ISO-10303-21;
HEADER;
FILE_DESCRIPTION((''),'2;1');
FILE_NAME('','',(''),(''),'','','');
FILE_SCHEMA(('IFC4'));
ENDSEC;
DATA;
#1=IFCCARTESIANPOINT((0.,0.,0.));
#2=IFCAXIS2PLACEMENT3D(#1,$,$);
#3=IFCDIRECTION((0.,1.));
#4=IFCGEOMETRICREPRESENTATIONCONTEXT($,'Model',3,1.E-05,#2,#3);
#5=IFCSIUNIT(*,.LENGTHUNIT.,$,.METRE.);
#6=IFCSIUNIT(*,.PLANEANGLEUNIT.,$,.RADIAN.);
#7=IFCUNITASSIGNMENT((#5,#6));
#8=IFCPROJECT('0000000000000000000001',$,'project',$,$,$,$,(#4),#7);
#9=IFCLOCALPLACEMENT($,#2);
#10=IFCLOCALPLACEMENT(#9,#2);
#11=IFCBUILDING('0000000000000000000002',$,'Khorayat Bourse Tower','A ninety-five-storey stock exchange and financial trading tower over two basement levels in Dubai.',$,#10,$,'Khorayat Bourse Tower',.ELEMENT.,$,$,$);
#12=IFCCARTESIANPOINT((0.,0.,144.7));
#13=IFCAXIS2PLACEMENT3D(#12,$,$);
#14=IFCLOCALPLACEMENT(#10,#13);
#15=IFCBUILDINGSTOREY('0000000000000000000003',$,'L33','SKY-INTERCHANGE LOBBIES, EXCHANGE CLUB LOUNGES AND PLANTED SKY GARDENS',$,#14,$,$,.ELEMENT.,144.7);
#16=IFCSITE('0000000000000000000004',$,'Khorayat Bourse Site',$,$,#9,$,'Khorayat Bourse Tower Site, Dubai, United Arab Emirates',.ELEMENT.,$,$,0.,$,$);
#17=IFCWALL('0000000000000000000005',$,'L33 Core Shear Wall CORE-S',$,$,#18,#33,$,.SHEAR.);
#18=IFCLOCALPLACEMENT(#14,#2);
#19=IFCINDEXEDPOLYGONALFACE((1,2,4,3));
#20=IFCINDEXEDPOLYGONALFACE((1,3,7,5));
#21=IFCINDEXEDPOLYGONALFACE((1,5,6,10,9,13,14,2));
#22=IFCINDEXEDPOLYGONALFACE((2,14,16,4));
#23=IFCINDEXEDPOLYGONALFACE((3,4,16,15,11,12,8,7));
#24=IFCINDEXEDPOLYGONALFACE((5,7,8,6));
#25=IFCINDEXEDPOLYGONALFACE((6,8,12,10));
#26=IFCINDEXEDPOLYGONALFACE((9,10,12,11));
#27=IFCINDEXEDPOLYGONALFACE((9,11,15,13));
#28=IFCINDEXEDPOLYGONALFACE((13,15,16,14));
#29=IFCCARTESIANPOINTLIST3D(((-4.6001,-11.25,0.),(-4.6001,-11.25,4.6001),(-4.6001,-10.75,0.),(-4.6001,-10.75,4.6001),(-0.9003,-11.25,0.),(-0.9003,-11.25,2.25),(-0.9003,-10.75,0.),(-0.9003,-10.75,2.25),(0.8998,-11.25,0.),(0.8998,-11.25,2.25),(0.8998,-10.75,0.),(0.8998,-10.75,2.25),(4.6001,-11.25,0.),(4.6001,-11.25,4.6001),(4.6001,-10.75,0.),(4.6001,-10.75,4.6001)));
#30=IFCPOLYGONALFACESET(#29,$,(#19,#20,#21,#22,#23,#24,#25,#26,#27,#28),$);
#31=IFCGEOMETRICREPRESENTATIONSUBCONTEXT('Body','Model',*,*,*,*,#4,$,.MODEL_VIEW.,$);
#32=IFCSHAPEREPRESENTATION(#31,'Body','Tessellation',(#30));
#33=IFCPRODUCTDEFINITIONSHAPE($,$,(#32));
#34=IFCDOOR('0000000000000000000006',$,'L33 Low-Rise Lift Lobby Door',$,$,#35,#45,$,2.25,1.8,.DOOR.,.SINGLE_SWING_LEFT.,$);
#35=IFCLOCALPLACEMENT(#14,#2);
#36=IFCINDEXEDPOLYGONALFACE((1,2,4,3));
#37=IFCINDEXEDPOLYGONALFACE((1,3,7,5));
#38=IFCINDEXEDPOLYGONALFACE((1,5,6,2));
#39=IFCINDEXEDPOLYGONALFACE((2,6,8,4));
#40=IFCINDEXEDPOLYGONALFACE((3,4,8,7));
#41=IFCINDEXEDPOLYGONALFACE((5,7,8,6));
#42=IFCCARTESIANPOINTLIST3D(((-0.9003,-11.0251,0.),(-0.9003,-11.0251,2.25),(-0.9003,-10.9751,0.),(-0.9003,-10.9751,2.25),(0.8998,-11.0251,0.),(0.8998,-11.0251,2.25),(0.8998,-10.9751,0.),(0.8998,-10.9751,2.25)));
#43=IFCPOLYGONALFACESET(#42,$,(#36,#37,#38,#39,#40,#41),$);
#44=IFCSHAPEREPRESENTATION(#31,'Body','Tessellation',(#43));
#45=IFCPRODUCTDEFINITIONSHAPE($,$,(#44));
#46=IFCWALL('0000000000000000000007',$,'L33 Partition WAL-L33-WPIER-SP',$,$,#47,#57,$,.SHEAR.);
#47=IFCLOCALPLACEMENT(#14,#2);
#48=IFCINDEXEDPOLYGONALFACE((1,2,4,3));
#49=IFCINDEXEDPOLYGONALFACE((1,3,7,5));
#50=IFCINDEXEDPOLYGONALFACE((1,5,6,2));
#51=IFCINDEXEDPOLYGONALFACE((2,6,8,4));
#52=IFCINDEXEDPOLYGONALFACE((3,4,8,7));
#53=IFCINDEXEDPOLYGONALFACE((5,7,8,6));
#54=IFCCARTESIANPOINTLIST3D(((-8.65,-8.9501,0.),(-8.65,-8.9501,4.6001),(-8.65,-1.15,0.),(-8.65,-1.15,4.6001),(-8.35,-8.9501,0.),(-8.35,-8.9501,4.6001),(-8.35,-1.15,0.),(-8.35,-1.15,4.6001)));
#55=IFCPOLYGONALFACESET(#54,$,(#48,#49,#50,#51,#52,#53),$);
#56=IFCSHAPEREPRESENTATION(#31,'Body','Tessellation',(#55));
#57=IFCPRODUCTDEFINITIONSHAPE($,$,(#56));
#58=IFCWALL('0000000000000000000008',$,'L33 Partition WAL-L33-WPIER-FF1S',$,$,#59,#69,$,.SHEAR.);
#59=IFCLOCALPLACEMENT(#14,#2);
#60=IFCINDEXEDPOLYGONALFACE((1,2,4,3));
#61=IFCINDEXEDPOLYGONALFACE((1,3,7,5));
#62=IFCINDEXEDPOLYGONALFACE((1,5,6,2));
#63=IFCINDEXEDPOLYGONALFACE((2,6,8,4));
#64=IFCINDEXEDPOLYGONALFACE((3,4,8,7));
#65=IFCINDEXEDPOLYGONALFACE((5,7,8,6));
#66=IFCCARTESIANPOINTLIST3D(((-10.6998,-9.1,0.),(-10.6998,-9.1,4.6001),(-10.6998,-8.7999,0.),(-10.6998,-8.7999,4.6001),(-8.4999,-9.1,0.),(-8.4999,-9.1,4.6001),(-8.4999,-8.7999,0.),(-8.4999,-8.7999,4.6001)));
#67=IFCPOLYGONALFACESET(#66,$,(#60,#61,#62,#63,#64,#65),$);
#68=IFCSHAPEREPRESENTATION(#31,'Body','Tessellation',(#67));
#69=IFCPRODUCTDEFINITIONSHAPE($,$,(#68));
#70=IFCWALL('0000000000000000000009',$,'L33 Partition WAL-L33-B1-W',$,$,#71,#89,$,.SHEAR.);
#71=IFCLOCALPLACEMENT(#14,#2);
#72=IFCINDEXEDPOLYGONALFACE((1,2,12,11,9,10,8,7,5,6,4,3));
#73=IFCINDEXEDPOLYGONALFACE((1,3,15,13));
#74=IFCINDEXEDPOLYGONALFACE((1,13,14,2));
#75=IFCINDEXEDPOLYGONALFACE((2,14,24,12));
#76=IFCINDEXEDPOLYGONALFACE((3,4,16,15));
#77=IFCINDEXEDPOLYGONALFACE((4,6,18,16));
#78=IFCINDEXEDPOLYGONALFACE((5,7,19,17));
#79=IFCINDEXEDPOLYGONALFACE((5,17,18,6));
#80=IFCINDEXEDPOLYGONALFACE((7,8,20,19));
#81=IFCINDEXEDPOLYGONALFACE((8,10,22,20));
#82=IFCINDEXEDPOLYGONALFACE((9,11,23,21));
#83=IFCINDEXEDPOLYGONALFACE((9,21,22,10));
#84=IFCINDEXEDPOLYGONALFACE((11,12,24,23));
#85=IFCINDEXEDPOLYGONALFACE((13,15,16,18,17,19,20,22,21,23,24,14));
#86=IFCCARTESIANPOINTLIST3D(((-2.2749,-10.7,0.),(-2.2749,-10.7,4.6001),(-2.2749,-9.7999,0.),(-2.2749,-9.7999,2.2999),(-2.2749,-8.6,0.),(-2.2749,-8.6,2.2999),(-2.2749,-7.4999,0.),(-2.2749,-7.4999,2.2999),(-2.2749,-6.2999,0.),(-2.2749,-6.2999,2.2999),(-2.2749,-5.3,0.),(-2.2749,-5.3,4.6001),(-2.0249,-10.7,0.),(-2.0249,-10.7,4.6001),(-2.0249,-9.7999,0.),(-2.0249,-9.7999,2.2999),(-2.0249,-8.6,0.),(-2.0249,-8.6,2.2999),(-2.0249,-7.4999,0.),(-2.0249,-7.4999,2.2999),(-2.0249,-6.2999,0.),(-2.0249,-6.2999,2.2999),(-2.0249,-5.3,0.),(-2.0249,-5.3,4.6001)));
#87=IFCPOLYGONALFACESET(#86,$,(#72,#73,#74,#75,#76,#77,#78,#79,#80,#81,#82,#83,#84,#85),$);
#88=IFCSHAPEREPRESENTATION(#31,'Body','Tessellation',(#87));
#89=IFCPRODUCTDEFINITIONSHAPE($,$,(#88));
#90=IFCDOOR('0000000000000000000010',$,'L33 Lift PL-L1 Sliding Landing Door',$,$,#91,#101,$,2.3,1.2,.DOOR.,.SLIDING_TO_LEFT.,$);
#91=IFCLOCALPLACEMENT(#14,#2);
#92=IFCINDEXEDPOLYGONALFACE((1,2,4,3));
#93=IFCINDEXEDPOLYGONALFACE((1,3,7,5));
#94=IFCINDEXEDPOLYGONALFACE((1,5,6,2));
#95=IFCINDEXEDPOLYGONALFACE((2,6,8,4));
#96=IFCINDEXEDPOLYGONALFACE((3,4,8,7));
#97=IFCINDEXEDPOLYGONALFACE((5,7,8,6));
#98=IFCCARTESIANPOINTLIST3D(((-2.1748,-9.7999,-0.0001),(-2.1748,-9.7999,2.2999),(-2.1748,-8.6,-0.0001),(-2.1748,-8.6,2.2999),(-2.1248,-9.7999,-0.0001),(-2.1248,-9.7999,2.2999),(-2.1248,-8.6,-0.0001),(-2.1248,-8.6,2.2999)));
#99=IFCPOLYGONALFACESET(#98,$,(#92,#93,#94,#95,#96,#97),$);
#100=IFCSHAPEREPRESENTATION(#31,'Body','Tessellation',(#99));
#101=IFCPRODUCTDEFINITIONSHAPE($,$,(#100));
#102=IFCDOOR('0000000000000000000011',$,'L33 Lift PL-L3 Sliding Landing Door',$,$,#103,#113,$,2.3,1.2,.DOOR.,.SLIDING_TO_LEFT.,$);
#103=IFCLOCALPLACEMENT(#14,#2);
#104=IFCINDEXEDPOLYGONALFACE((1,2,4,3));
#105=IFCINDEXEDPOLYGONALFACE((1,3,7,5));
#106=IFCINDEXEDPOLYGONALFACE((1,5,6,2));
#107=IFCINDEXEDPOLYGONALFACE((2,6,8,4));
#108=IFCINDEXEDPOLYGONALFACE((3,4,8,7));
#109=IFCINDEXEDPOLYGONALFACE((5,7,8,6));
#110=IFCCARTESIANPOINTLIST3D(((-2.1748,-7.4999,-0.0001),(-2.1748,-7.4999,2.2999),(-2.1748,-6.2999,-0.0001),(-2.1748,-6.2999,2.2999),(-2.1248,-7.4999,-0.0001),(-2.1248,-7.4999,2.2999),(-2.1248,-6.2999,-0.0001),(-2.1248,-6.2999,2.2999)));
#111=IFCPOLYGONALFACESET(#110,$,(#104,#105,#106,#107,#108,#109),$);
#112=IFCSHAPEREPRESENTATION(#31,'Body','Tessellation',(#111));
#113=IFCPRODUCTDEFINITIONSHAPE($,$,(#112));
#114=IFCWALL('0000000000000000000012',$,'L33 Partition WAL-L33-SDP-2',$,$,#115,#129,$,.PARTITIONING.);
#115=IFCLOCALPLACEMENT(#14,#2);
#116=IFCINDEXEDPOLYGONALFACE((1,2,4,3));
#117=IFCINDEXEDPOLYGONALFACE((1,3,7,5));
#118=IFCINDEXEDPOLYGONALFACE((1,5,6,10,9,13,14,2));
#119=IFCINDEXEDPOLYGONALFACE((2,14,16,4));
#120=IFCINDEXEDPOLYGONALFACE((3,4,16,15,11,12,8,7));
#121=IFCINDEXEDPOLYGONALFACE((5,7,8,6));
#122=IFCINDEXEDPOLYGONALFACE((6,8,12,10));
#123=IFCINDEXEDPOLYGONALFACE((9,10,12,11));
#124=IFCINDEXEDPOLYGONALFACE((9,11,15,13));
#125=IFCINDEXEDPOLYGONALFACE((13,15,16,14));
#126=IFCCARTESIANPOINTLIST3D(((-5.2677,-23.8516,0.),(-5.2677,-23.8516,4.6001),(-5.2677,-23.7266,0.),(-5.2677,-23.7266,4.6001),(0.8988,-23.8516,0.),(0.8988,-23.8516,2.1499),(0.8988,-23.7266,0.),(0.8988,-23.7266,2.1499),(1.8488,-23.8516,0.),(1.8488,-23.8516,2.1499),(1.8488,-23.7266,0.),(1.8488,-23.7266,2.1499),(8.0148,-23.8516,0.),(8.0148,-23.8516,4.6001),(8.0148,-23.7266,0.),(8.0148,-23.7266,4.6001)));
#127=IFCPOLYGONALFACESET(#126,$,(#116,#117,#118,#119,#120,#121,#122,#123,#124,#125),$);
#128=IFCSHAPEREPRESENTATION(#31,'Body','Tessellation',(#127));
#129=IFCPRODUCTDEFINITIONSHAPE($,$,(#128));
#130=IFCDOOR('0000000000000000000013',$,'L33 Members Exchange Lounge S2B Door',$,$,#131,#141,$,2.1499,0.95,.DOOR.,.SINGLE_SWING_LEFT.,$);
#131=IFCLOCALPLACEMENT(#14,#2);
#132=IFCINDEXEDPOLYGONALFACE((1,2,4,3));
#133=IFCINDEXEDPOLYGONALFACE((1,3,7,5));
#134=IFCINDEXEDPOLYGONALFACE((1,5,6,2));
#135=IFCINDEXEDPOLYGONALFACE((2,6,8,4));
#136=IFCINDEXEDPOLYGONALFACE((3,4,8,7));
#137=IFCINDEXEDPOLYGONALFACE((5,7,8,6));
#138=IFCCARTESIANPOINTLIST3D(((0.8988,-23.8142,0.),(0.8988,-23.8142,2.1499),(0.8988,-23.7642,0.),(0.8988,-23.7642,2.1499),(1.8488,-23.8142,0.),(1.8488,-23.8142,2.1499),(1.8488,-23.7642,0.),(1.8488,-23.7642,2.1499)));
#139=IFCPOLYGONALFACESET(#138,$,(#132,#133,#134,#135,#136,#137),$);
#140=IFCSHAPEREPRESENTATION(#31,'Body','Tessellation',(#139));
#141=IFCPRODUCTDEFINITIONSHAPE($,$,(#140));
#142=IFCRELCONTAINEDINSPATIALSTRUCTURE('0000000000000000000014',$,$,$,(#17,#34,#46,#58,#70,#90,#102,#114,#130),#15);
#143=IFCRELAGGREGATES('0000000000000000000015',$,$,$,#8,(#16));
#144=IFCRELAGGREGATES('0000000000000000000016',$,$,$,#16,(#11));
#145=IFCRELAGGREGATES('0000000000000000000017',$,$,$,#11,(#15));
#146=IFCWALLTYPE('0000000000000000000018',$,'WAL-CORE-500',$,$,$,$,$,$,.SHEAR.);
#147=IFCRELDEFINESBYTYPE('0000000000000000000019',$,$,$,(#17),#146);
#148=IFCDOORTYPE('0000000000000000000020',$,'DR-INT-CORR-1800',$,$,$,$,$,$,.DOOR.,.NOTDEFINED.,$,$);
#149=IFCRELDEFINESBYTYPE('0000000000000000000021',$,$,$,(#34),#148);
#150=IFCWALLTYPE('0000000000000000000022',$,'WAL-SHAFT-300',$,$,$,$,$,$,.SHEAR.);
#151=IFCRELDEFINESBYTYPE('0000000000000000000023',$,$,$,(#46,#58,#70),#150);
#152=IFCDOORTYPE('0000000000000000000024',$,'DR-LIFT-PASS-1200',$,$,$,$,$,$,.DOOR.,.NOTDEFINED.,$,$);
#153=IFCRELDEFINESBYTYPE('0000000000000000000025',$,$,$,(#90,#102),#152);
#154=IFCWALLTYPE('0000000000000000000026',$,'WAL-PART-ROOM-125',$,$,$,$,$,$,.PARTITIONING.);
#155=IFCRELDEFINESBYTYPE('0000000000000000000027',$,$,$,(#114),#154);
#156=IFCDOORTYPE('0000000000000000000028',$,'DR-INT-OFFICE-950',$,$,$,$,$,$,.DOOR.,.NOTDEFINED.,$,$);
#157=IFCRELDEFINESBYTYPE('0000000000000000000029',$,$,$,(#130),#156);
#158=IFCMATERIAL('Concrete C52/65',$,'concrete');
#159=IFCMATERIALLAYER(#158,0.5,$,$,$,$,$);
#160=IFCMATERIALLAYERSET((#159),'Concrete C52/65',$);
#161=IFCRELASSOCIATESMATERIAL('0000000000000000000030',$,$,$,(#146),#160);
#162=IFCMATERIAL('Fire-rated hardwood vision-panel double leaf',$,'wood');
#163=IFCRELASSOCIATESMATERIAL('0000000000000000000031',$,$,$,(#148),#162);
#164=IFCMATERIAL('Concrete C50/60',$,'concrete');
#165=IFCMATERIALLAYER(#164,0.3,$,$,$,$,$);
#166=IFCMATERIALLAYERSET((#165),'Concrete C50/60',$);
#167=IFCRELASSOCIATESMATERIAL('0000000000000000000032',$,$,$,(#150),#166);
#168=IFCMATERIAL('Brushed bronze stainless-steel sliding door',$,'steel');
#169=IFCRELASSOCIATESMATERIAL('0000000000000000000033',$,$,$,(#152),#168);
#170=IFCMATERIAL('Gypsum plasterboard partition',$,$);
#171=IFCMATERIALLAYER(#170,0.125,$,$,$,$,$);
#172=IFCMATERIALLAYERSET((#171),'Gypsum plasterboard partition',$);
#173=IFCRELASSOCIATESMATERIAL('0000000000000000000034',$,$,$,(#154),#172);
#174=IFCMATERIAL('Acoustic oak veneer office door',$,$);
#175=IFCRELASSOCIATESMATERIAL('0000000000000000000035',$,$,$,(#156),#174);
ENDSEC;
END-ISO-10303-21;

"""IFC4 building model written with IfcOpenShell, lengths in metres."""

from ifc_helpers import new_model, si_unit, direction, frame, frame_2d, origin, place, context, subcontext, project, spatial, rectangle, extrude, source, transform, mapped, material, layer, layer_set, type_object, element, fill, save


model = new_model("IFC4")

# Units and contexts
model_context = context("Model", 3, precision=1e-05, world=origin(), true_north=direction((0.0, 1.0)))
body_context = subcontext(model_context, "Body", "Model", "MODEL_VIEW")
ifc_project = project(units=[si_unit("LENGTHUNIT", "METRE"), si_unit("PLANEANGLEUNIT", "RADIAN")], contexts=[model_context])

# Site, building, storey
site_placement = place(None, origin())
site = spatial("IfcSite", under=ifc_project, at=site_placement, Name="Khorayat Bourse Site", LongName="Khorayat Bourse Tower Site, Dubai, United Arab Emirates", CompositionType="ELEMENT", RefElevation=0.0)
building_placement = place(site_placement, origin())
building = spatial("IfcBuilding", under=site, at=building_placement, Name="Khorayat Bourse Tower", Description="A ninety-five-storey stock exchange and financial trading tower over two basement levels in Dubai.", LongName="Khorayat Bourse Tower", CompositionType="ELEMENT")
storey_placement = place(building_placement, frame((0.0, 0.0, 144.7)))
storey = spatial("IfcBuildingStorey", under=building, at=storey_placement, Name="L33", Description="SKY-INTERCHANGE LOBBIES, EXCHANGE CLUB LOUNGES AND PLANTED SKY GARDENS", CompositionType="ELEMENT", Elevation=144.7)

# Shared definitions
ifc_material_1 = material(Name="Concrete C52/65", Category="concrete")
ifc_layer_1 = layer(ifc_material_1, 0.5)
ifc_layer_set_1 = layer_set([ifc_layer_1], Name="Concrete C52/65")
wall_type_1 = type_object("IfcWallType", Name="WAL-CORE-500", PredefinedType="SHEAR", material=ifc_layer_set_1)

# Wall, opening, door
shared_shape_1 = source(origin(), body_context, "Body", "SweptSolid", [
    extrude(rectangle(XDim=9.2002, YDim=0.5, at=frame_2d((4.6001, 0.0))), origin(), (0.0, 0.0, 1.0), 4.6001),
])
wall_1_placement = place(storey_placement, frame((-4.6001, -11.0, 0.0), z_axis=(0.0, 0.0, 1.0), x_axis=(1.0, 0.0, 0.0)))
wall_1 = element("IfcWall", 1, at=wall_1_placement, inside=storey, type_object=wall_type_1, Name="L33 Core Shear Wall CORE-S", PredefinedType="SHEAR", context=body_context, shape_type="MappedRepresentation", body=[
    mapped(shared_shape_1, transform((0.0, 0.0, 0.0), scale=1.0)),
])
shared_shape_2 = source(origin(), body_context, "Body", "SweptSolid", [
    extrude(rectangle(XDim=1.8, YDim=2.25, at=frame_2d((0.8999, 1.125))), frame((0.0, 0.26, 0.0), z_axis=(0.0, -1.0, 0.0), x_axis=(1.0, 0.0, 0.0)), (0.0, 0.0, 1.0), 0.52),
])
opening_1_placement = place(wall_1_placement, frame((3.7, 0.0, 0.0)))
opening_1 = element("IfcOpeningElement", 2, at=opening_1_placement, cuts=wall_1, PredefinedType="OPENING", context=body_context, shape_type="MappedRepresentation", body=[
    mapped(shared_shape_2, transform((0.0, 0.0, 0.0), scale=1.0)),
])
ifc_material_2 = material(Name="Fire-rated hardwood vision-panel double leaf", Category="wood")
door_type_1 = type_object("IfcDoorType", Name="DR-INT-CORR-1800", OperationType="NOTDEFINED", PredefinedType="DOOR", material=ifc_material_2)
shared_shape_3 = source(origin(), body_context, "Body", "SweptSolid", [
    extrude(rectangle(XDim=1.8, YDim=2.25, at=frame_2d((0.8999, 1.125))), frame((0.0, 0.0249, 0.0), z_axis=(0.0, -1.0, 0.0), x_axis=(1.0, 0.0, 0.0)), (0.0, 0.0, 1.0), 0.05),
])
door_1_placement = place(opening_1_placement, origin())
door_1 = element("IfcDoor", 3, at=door_1_placement, inside=storey, type_object=door_type_1, Name="L33 Low-Rise Lift Lobby Door", OperationType="SINGLE_SWING_LEFT", OverallHeight=2.25, OverallWidth=1.8, PredefinedType="DOOR", context=body_context, shape_type="MappedRepresentation", body=[
    mapped(shared_shape_3, transform((0.0, 0.0, 0.0), scale=1.0)),
])
fill(opening_1, door_1)

# Walls
ifc_material_3 = material(Name="Concrete C50/60", Category="concrete")
ifc_layer_2 = layer(ifc_material_3, 0.3)
ifc_layer_set_2 = layer_set([ifc_layer_2], Name="Concrete C50/60")
wall_type_2 = type_object("IfcWallType", Name="WAL-SHAFT-300", PredefinedType="SHEAR", material=ifc_layer_set_2)
shared_shape_4 = source(origin(), body_context, "Body", "SweptSolid", [
    extrude(rectangle(XDim=7.8, YDim=0.3, at=frame_2d((3.8999, 0.0))), origin(), (0.0, 0.0, 1.0), 4.6001),
])
wall_2_placement = place(storey_placement, frame((-8.5, -8.95, 0.0), z_axis=(0.0, 0.0, 1.0), x_axis=(0.0, 1.0, 0.0)))
element("IfcWall", 4, at=wall_2_placement, inside=storey, type_object=wall_type_2, Name="L33 Partition WAL-L33-WPIER-SP", PredefinedType="SHEAR", context=body_context, shape_type="MappedRepresentation", body=[
    mapped(shared_shape_4, transform((0.0, 0.0, 0.0), scale=1.0)),
])
shared_shape_5 = source(origin(), body_context, "Body", "SweptSolid", [
    extrude(rectangle(XDim=2.2, YDim=0.3, at=frame_2d((1.1001, 0.0))), origin(), (0.0, 0.0, 1.0), 4.6001),
])
wall_3_placement = place(storey_placement, frame((-10.7, -8.95, 0.0), z_axis=(0.0, 0.0, 1.0), x_axis=(1.0, 0.0, 0.0)))
element("IfcWall", 5, at=wall_3_placement, inside=storey, type_object=wall_type_2, Name="L33 Partition WAL-L33-WPIER-FF1S", PredefinedType="SHEAR", context=body_context, shape_type="MappedRepresentation", body=[
    mapped(shared_shape_5, transform((0.0, 0.0, 0.0), scale=1.0)),
])

# Wall, openings, doors
shared_shape_6 = source(origin(), body_context, "Body", "SweptSolid", [
    extrude(rectangle(XDim=5.3999, YDim=0.25, at=frame_2d((2.7, 0.0))), origin(), (0.0, 0.0, 1.0), 4.6001),
])
wall_4_placement = place(storey_placement, frame((-2.1499, -10.7, 0.0), z_axis=(0.0, 0.0, 1.0), x_axis=(0.0, 1.0, 0.0)))
wall_4 = element("IfcWall", 6, at=wall_4_placement, inside=storey, type_object=wall_type_2, Name="L33 Partition WAL-L33-B1-W", PredefinedType="SHEAR", context=body_context, shape_type="MappedRepresentation", body=[
    mapped(shared_shape_6, transform((0.0, 0.0, 0.0), scale=1.0)),
])
shared_shape_7 = source(origin(), body_context, "Body", "SweptSolid", [
    extrude(rectangle(XDim=1.2, YDim=2.3, at=frame_2d((0.6001, 1.1499))), frame((0.0, 0.135, 0.0), z_axis=(0.0, -1.0, 0.0), x_axis=(1.0, 0.0, 0.0)), (0.0, 0.0, 1.0), 0.27),
])
opening_2_placement = place(wall_4_placement, frame((0.8999, 0.0, 0.0)))
opening_2 = element("IfcOpeningElement", 7, at=opening_2_placement, cuts=wall_4, PredefinedType="OPENING", context=body_context, shape_type="MappedRepresentation", body=[
    mapped(shared_shape_7, transform((0.0, 0.0, 0.0), scale=1.0)),
])
opening_3_placement = place(wall_4_placement, frame((3.2, 0.0, 0.0)))
opening_3 = element("IfcOpeningElement", 8, at=opening_3_placement, cuts=wall_4, PredefinedType="OPENING", context=body_context, shape_type="MappedRepresentation", body=[
    mapped(shared_shape_7, transform((0.0, 0.0, 0.0), scale=1.0)),
])
ifc_material_4 = material(Name="Brushed bronze stainless-steel sliding door", Category="steel")
door_type_2 = type_object("IfcDoorType", Name="DR-LIFT-PASS-1200", OperationType="NOTDEFINED", PredefinedType="DOOR", material=ifc_material_4)
shared_shape_8 = source(origin(), body_context, "Body", "SweptSolid", [
    extrude(rectangle(XDim=1.2, YDim=2.3, at=frame_2d((0.6001, 1.1499))), frame((0.0, 0.0249, 0.0), z_axis=(0.0, -1.0, 0.0), x_axis=(1.0, 0.0, 0.0)), (0.0, 0.0, 1.0), 0.05),
])
door_2_placement = place(opening_2_placement, origin())
door_2 = element("IfcDoor", 9, at=door_2_placement, inside=storey, type_object=door_type_2, Name="L33 Lift PL-L1 Sliding Landing Door", OperationType="SLIDING_TO_LEFT", OverallHeight=2.3, OverallWidth=1.2, PredefinedType="DOOR", context=body_context, shape_type="MappedRepresentation", body=[
    mapped(shared_shape_8, transform((0.0, 0.0, 0.0), scale=1.0)),
])
fill(opening_2, door_2)
door_3_placement = place(opening_3_placement, origin())
door_3 = element("IfcDoor", 10, at=door_3_placement, inside=storey, type_object=door_type_2, Name="L33 Lift PL-L3 Sliding Landing Door", OperationType="SLIDING_TO_LEFT", OverallHeight=2.3, OverallWidth=1.2, PredefinedType="DOOR", context=body_context, shape_type="MappedRepresentation", body=[
    mapped(shared_shape_8, transform((0.0, 0.0, 0.0), scale=1.0)),
])
fill(opening_3, door_3)

# Wall, opening, door
ifc_material_5 = material(Name="Gypsum plasterboard partition")
ifc_layer_3 = layer(ifc_material_5, 0.125)
ifc_layer_set_3 = layer_set([ifc_layer_3], Name="Gypsum plasterboard partition")
wall_type_3 = type_object("IfcWallType", Name="WAL-PART-ROOM-125", PredefinedType="PARTITIONING", material=ifc_layer_set_3)
shared_shape_9 = source(origin(), body_context, "Body", "SweptSolid", [
    extrude(rectangle(XDim=13.2825, YDim=0.125, at=frame_2d((6.6411, 0.0))), origin(), (0.0, 0.0, 1.0), 4.6001),
])
wall_5_placement = place(storey_placement, frame((-5.2676, -23.7891, 0.0), z_axis=(0.0, 0.0, 1.0), x_axis=(1.0, 0.0, 0.0)))
wall_5 = element("IfcWall", 11, at=wall_5_placement, inside=storey, type_object=wall_type_3, Name="L33 Partition WAL-L33-SDP-2", PredefinedType="PARTITIONING", context=body_context, shape_type="MappedRepresentation", body=[
    mapped(shared_shape_9, transform((0.0, 0.0, 0.0), scale=1.0)),
])
shared_shape_10 = source(origin(), body_context, "Body", "SweptSolid", [
    extrude(rectangle(XDim=0.95, YDim=2.1499, at=frame_2d((0.4751, 1.075))), frame((0.0, 0.0725, 0.0), z_axis=(0.0, -1.0, 0.0), x_axis=(1.0, 0.0, 0.0)), (0.0, 0.0, 1.0), 0.145),
])
opening_4_placement = place(wall_5_placement, frame((6.1663, 0.0, 0.0)))
opening_4 = element("IfcOpeningElement", 12, at=opening_4_placement, cuts=wall_5, PredefinedType="OPENING", context=body_context, shape_type="MappedRepresentation", body=[
    mapped(shared_shape_10, transform((0.0, 0.0, 0.0), scale=1.0)),
])
ifc_material_6 = material(Name="Acoustic oak veneer office door")
door_type_3 = type_object("IfcDoorType", Name="DR-INT-OFFICE-950", OperationType="NOTDEFINED", PredefinedType="DOOR", material=ifc_material_6)
shared_shape_11 = source(origin(), body_context, "Body", "SweptSolid", [
    extrude(rectangle(XDim=0.95, YDim=2.1499, at=frame_2d((0.4751, 1.075))), frame((0.0, 0.0249, 0.0), z_axis=(0.0, -1.0, 0.0), x_axis=(1.0, 0.0, 0.0)), (0.0, 0.0, 1.0), 0.05),
])
door_4_placement = place(opening_4_placement, origin())
door_4 = element("IfcDoor", 13, at=door_4_placement, inside=storey, type_object=door_type_3, Name="L33 Members Exchange Lounge S2B Door", OperationType="SINGLE_SWING_LEFT", OverallHeight=2.1499, OverallWidth=0.95, PredefinedType="DOOR", context=body_context, shape_type="MappedRepresentation", body=[
    mapped(shared_shape_11, transform((0.0, 0.0, 0.0), scale=1.0)),
])
fill(opening_4, door_4)

save(model, "model.ifc")
